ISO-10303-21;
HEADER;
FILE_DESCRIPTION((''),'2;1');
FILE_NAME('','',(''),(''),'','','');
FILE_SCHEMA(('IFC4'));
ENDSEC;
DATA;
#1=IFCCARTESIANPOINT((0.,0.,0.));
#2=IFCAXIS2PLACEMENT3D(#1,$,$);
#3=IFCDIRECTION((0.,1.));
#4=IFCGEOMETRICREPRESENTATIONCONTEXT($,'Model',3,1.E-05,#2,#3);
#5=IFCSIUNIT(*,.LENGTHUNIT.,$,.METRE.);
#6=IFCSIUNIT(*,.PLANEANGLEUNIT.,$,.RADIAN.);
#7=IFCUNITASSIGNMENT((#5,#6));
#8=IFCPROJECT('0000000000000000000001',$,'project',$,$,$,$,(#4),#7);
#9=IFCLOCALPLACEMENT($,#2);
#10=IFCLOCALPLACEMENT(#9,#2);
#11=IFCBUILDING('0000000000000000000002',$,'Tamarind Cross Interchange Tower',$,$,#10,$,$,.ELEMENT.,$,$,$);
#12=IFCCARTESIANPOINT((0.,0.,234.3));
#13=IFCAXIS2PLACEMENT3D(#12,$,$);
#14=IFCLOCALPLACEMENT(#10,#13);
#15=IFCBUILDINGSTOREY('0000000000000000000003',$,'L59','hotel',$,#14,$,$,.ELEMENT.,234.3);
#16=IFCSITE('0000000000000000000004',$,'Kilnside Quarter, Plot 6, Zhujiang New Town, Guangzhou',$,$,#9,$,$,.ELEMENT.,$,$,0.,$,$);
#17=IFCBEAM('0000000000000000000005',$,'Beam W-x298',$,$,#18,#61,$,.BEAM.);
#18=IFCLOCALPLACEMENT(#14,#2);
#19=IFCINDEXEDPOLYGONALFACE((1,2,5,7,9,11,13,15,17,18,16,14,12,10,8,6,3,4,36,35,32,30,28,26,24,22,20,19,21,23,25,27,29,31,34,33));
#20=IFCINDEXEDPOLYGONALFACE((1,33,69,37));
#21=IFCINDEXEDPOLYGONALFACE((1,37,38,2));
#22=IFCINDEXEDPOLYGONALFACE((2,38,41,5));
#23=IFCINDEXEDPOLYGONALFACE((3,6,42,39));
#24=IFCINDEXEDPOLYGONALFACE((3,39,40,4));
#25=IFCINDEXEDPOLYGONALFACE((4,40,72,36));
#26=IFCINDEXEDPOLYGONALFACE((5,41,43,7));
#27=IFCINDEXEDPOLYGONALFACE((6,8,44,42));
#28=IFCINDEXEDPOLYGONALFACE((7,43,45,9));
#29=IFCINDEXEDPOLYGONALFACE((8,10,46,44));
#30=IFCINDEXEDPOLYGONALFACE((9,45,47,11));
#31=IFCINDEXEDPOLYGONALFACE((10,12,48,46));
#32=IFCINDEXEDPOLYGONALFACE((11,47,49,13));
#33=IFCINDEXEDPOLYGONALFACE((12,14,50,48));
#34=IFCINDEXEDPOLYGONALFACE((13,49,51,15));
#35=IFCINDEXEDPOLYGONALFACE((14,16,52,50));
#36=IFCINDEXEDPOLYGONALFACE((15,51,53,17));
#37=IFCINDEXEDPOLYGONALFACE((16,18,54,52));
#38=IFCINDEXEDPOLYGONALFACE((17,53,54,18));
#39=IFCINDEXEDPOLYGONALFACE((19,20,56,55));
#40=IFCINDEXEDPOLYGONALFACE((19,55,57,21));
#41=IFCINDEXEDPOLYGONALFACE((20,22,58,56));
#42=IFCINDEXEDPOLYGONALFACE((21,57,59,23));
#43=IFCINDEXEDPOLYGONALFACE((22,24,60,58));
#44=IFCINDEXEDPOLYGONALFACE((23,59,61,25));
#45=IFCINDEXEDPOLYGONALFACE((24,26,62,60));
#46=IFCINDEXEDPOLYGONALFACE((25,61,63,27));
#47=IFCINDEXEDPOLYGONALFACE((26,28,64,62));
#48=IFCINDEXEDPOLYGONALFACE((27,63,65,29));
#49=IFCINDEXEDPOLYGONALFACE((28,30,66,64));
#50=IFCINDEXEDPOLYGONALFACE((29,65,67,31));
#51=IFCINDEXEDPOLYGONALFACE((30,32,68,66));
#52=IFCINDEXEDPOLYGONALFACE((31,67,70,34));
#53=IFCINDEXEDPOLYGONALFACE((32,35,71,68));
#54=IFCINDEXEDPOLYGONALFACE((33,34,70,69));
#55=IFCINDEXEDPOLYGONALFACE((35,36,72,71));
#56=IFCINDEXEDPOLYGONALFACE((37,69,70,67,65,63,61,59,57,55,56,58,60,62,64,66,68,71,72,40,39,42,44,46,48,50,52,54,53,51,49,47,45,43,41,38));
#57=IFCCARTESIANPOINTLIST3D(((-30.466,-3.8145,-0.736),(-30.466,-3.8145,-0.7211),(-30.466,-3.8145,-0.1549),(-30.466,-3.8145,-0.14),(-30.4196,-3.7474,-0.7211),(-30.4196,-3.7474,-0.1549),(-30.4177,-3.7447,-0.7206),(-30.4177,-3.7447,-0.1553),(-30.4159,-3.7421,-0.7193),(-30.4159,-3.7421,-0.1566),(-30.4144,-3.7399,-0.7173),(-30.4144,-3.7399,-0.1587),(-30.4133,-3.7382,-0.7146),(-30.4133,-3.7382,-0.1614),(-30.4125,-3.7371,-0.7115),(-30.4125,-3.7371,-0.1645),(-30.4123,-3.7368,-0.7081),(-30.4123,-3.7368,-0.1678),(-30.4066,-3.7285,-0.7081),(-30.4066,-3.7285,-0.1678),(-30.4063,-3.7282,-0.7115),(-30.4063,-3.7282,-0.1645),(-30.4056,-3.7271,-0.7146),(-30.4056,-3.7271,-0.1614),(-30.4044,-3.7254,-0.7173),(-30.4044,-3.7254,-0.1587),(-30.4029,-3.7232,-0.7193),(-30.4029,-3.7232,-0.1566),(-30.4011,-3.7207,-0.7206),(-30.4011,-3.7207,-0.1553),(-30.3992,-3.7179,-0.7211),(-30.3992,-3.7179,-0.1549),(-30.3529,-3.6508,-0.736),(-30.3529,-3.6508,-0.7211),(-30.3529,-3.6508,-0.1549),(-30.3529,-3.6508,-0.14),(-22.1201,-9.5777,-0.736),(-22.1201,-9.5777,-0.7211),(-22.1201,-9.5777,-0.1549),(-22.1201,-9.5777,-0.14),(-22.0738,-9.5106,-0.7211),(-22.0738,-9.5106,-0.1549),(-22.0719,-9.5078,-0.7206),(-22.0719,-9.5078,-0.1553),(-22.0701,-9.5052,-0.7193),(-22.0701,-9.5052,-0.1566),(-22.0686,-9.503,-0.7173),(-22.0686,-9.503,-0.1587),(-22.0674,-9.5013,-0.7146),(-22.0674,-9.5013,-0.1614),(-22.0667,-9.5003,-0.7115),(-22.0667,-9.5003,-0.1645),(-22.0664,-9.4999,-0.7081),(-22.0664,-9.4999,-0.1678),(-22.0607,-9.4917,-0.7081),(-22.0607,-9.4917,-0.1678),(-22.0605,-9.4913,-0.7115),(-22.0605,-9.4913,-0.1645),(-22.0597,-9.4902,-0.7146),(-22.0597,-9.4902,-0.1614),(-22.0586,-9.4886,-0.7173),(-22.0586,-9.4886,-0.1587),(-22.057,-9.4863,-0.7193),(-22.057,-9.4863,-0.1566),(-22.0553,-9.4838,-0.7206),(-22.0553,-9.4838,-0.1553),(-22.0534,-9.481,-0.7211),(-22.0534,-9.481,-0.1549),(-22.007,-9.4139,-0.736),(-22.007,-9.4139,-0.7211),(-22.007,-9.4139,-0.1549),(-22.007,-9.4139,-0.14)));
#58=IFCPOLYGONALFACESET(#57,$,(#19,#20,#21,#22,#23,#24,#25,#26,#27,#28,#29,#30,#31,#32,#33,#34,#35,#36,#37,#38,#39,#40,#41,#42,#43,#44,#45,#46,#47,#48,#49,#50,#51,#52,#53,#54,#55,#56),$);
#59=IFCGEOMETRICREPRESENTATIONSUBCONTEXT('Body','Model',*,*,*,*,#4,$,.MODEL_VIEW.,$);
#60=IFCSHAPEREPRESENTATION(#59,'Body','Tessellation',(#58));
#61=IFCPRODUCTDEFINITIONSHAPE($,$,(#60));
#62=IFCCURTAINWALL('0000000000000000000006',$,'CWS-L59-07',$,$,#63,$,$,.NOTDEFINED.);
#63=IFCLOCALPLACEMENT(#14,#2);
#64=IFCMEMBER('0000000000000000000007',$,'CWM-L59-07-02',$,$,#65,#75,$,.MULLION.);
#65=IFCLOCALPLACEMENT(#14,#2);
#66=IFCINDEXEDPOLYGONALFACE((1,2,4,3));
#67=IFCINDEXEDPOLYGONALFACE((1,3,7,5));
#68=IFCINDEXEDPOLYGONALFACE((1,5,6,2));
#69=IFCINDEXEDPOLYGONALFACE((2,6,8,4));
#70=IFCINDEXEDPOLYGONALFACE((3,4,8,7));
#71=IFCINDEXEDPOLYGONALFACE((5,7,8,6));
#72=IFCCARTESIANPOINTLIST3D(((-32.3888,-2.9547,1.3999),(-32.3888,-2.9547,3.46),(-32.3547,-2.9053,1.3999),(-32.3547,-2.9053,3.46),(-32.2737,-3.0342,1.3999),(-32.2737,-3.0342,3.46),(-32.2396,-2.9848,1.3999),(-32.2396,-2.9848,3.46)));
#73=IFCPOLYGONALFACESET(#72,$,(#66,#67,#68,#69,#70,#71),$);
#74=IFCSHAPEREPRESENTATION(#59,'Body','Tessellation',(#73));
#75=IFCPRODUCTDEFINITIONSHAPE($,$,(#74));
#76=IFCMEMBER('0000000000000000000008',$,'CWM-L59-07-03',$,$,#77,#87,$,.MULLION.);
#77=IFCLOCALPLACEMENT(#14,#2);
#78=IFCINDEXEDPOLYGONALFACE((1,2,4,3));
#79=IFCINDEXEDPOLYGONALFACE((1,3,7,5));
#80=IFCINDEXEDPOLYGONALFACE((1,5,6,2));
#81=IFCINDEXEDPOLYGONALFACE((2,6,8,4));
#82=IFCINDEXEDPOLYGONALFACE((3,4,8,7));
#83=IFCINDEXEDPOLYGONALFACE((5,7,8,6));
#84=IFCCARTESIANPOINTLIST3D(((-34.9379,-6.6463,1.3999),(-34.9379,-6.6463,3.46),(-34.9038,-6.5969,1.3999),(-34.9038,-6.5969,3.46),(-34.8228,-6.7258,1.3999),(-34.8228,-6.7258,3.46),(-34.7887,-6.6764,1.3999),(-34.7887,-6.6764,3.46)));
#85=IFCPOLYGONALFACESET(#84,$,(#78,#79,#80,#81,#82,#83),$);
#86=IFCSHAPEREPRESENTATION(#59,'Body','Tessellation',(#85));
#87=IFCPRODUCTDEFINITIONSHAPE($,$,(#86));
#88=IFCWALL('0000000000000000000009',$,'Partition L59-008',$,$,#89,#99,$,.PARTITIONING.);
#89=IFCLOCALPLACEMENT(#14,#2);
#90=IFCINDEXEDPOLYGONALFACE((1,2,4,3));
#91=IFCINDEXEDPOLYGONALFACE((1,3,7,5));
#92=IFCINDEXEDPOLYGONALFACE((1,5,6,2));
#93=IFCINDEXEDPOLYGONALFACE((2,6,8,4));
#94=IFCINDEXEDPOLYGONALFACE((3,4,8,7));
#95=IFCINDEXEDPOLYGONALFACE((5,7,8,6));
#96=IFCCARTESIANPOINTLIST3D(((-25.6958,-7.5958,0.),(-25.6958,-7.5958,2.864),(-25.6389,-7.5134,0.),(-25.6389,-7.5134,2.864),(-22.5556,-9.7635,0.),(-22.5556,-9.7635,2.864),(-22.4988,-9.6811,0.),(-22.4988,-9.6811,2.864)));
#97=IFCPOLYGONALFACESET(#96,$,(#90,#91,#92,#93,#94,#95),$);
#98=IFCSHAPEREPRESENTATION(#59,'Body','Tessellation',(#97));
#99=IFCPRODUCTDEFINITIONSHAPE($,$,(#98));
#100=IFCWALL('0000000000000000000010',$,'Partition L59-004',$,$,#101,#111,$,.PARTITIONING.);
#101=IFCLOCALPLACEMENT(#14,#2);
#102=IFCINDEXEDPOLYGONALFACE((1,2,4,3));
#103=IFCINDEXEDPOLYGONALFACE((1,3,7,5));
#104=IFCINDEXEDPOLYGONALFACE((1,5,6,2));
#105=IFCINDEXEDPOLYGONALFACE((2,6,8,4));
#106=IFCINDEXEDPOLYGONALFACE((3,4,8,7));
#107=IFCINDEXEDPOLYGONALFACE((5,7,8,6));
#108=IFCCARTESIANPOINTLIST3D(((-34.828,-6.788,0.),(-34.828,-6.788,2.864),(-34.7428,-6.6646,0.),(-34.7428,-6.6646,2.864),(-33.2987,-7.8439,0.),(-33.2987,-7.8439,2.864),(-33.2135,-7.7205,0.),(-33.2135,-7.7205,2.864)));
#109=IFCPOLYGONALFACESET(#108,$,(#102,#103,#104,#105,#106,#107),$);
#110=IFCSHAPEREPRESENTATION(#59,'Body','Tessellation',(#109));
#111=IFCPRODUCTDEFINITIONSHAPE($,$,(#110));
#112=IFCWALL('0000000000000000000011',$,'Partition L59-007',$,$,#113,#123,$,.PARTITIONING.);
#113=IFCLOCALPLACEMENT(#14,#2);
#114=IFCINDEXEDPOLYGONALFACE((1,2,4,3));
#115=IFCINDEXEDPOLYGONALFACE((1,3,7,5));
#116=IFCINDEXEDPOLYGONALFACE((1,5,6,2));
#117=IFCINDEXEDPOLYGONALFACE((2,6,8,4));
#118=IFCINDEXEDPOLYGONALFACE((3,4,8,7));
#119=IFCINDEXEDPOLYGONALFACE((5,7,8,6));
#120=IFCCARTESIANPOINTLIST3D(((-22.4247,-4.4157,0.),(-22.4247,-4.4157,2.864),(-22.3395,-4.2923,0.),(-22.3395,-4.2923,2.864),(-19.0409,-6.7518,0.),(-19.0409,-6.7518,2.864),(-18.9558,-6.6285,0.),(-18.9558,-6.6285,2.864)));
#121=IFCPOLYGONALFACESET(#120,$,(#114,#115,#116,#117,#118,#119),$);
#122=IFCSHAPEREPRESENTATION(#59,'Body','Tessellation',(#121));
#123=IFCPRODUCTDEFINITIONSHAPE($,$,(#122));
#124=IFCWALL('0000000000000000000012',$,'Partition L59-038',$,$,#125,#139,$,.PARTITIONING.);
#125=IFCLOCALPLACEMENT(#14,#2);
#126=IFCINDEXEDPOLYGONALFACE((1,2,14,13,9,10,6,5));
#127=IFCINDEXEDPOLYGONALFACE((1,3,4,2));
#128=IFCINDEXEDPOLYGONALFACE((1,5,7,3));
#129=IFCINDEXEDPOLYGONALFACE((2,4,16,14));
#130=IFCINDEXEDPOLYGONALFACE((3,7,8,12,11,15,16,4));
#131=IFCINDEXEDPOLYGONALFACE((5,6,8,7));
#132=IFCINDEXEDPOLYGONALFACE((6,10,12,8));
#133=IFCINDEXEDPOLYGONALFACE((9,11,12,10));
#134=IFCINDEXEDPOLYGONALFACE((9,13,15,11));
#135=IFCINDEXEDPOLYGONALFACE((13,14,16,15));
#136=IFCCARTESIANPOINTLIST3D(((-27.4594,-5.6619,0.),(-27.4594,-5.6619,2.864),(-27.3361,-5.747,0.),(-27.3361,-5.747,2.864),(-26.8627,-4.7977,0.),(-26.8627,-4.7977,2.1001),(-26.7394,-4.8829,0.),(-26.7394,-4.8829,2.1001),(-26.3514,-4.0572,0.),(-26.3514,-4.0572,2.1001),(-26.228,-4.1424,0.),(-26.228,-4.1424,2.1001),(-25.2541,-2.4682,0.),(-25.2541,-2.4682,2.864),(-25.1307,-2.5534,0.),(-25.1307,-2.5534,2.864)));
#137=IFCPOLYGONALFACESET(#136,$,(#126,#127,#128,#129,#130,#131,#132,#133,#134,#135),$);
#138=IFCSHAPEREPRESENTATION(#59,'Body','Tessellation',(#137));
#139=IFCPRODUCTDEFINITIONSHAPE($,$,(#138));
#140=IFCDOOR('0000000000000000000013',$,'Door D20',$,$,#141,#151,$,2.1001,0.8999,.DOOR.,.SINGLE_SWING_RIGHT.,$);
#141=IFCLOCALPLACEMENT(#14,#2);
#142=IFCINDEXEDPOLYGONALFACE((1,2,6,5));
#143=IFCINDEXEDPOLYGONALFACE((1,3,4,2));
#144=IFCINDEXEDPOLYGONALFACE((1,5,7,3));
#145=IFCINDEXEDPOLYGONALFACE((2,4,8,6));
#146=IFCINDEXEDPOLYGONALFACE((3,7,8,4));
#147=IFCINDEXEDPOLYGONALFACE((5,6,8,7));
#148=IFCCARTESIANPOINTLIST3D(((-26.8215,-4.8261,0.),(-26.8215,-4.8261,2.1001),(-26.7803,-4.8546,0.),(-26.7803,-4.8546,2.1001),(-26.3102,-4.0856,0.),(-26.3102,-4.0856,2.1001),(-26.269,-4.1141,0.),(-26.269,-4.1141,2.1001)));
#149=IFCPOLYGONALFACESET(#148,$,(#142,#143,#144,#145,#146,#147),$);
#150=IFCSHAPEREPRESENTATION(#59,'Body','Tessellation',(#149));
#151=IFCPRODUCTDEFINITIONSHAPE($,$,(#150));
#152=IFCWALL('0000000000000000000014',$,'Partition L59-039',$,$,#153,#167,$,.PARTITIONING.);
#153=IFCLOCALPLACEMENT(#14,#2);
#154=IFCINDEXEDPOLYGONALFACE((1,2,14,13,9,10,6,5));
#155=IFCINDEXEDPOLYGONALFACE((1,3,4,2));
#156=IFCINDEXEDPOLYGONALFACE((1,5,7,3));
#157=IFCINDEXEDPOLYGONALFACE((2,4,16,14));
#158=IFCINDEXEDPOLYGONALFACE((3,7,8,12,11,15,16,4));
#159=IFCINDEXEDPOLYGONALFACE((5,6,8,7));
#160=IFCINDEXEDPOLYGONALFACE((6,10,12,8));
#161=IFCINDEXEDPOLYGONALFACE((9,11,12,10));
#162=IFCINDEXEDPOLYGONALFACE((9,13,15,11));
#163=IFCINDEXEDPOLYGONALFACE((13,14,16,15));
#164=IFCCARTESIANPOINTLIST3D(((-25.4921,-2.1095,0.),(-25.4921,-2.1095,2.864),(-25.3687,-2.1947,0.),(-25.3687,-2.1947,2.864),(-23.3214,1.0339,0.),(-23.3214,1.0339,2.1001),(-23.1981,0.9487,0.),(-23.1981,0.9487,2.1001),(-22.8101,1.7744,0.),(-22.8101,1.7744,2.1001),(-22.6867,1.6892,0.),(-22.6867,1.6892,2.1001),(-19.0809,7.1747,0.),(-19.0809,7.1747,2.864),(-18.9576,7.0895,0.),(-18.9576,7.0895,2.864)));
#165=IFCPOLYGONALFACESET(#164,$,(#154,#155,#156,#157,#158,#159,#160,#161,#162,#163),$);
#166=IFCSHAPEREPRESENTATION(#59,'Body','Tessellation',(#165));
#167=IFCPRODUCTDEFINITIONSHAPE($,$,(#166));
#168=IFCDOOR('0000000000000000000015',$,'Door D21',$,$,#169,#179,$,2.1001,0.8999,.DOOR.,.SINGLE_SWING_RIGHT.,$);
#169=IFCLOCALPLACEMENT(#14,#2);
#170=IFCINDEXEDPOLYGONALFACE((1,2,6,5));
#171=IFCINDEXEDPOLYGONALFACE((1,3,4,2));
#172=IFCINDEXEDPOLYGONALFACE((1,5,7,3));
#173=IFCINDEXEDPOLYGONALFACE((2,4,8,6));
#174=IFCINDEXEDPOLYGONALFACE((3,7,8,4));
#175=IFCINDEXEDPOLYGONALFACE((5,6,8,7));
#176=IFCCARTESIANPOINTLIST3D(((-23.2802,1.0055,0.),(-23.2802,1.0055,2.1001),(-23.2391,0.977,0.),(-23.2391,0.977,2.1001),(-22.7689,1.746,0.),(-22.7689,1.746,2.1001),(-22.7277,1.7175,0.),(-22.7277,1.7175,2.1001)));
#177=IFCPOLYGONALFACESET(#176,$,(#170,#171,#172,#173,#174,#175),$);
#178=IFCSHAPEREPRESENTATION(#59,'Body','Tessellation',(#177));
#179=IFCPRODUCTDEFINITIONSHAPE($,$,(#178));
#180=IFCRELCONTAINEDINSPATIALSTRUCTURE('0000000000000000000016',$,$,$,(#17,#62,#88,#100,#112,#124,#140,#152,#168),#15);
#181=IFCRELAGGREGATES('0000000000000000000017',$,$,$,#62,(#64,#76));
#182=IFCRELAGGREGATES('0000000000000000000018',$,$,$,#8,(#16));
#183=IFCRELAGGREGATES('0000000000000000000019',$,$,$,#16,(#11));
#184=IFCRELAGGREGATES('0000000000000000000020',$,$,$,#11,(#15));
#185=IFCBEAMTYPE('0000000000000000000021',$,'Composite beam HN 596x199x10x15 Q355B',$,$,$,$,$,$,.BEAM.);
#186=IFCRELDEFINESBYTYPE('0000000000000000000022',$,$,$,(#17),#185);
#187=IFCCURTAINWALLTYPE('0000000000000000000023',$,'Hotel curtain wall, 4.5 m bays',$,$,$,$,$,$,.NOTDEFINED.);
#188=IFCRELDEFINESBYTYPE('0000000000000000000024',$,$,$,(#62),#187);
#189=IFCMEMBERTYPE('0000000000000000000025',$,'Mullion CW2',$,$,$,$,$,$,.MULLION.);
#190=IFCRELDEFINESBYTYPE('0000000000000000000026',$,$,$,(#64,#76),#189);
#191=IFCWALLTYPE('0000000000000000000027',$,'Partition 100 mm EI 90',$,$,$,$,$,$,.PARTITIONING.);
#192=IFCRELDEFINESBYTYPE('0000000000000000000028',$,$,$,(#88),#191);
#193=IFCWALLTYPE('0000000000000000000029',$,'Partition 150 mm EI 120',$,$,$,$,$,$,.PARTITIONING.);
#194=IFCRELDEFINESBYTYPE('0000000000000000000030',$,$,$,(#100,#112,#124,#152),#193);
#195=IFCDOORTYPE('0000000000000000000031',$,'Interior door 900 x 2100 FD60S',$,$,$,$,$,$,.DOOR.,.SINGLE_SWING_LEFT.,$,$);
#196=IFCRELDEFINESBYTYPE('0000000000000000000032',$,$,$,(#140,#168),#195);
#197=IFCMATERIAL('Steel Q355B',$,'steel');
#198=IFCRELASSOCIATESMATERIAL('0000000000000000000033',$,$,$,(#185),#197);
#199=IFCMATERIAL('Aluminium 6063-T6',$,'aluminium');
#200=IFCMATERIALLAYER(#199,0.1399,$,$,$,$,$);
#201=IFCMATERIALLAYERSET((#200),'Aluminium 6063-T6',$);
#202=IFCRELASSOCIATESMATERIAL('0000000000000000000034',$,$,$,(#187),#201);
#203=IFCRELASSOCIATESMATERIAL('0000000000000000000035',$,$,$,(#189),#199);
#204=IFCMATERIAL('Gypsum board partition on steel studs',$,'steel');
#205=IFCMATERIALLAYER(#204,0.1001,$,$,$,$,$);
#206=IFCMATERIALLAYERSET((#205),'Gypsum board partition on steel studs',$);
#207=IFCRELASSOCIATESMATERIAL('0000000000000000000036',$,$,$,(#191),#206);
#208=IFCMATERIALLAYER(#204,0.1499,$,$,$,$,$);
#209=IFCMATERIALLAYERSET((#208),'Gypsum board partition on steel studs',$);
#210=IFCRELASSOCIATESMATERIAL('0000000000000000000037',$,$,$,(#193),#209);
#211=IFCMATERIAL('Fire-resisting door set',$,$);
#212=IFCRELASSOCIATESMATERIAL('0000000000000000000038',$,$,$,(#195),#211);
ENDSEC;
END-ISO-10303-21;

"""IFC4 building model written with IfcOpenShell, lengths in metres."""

from ifc_helpers import new_model, si_unit, direction, frame, frame_2d, origin, origin_2d, place, context, subcontext, project, spatial, rectangle, i_section, extrude, material, layer, layer_set, material_profile, profile_set, type_object, element, fill, aggregate, save


model = new_model("IFC4")

# Units and contexts
model_context = context("Model", 3, precision=1e-05, world=origin(), true_north=direction((0.0, 1.0)))
body_context = subcontext(model_context, "Body", "Model", "MODEL_VIEW")
ifc_project = project(units=[si_unit("LENGTHUNIT", "METRE"), si_unit("PLANEANGLEUNIT", "RADIAN")], contexts=[model_context])

# Site, building, storey
site_placement = place(None, origin())
site = spatial("IfcSite", under=ifc_project, at=site_placement, Name="Kilnside Quarter, Plot 6, Zhujiang New Town, Guangzhou", CompositionType="ELEMENT", RefElevation=0.0)
building_placement = place(site_placement, origin())
building = spatial("IfcBuilding", under=site, at=building_placement, Name="Tamarind Cross Interchange Tower", CompositionType="ELEMENT")
storey_placement = place(building_placement, frame((0.0, 0.0, 234.3)))
storey = spatial("IfcBuildingStorey", under=building, at=storey_placement, Name="L59", Description="hotel", CompositionType="ELEMENT", Elevation=234.3)

# Beam
ifc_material_1 = material(Name="Steel Q355B", Category="steel")
ifc_material_profile_1 = material_profile(ifc_material_1, i_section(OverallWidth=0.199, OverallDepth=0.5959, WebThickness=0.01, FlangeThickness=0.0149, FilletRadius=0.0129, at=origin_2d()), Name="HN 596x199x10x15")
ifc_profile_set_1 = profile_set([ifc_material_profile_1], Name="Steel Q355B")
beam_type_1 = type_object("IfcBeamType", Name="Composite beam HN 596x199x10x15 Q355B", PredefinedType="BEAM", material=ifc_profile_set_1)
beam_1_placement = place(storey_placement, frame((-30.4094, -3.7327, -0.438), z_axis=(0.822874, -0.568224, 0.0), x_axis=(0.568224, 0.822874, 0.0)))
element("IfcBeam", 1, at=beam_1_placement, inside=storey, type_object=beam_type_1, Name="Beam W-x298", PredefinedType="BEAM", context=body_context, shape_type="SweptSolid", body=[
    extrude(i_section(OverallWidth=0.199, OverallDepth=0.5959, WebThickness=0.01, FlangeThickness=0.0149, FilletRadius=0.0129, at=origin_2d()), origin(), (0.0, 0.0, 1.0), 10.1423),
])

# Curtain wall, members
ifc_material_2 = material(Name="Aluminium 6063-T6", Category="aluminium")
ifc_layer_1 = layer(ifc_material_2, 0.1399)
ifc_layer_set_1 = layer_set([ifc_layer_1], Name="Aluminium 6063-T6")
curtain_wall_type = type_object("IfcCurtainWallType", Name="Hotel curtain wall, 4.5 m bays", PredefinedType="NOTDEFINED", material=ifc_layer_set_1)
curtain_wall_placement = place(storey_placement, origin())
curtain_wall = element("IfcCurtainWall", 2, at=curtain_wall_placement, inside=storey, type_object=curtain_wall_type, Name="CWS-L59-07", PredefinedType="NOTDEFINED")
ifc_material_profile_2 = material_profile(ifc_material_2, rectangle(XDim=0.0601, YDim=0.1399, at=origin_2d()), Name="Mullion CW2")
ifc_profile_set_2 = profile_set([ifc_material_profile_2], Name="Aluminium 6063-T6")
member_type = type_object("IfcMemberType", Name="Mullion CW2", PredefinedType="MULLION", material=ifc_profile_set_2)
member_1_placement = place(storey_placement, frame((-32.3142, -2.9697, 1.3999), z_axis=(0.0, 0.0, 1.0), x_axis=(-0.568211, -0.822883, 0.0)))
member_1 = element("IfcMember", 3, at=member_1_placement, type_object=member_type, Name="CWM-L59-07-02", PredefinedType="MULLION", context=body_context, shape_type="SweptSolid", body=[
    extrude(rectangle(XDim=0.0601, YDim=0.1399, at=origin_2d()), origin(), (0.0, 0.0, 1.0), 2.0601),
])
member_2_placement = place(storey_placement, frame((-34.8633, -6.6614, 1.3999), z_axis=(0.0, 0.0, 1.0), x_axis=(-0.568211, -0.822883, 0.0)))
member_2 = element("IfcMember", 4, at=member_2_placement, type_object=member_type, Name="CWM-L59-07-03", PredefinedType="MULLION", context=body_context, shape_type="SweptSolid", body=[
    extrude(rectangle(XDim=0.0601, YDim=0.1399, at=origin_2d()), origin(), (0.0, 0.0, 1.0), 2.0601),
])
aggregate(curtain_wall, [member_1, member_2])

# Walls
ifc_material_3 = material(Name="Gypsum board partition on steel studs", Category="steel")
ifc_layer_2 = layer(ifc_material_3, 0.1001)
ifc_layer_set_2 = layer_set([ifc_layer_2], Name="Gypsum board partition on steel studs")
wall_type_1 = type_object("IfcWallType", Name="Partition 100 mm EI 90", PredefinedType="PARTITIONING", material=ifc_layer_set_2)
wall_1_placement = place(storey_placement, frame((-25.6672, -7.5547, 0.0), z_axis=(0.0, 0.0, 1.0), x_axis=(0.822954, -0.568108, 0.0)))
element("IfcWall", 5, at=wall_1_placement, inside=storey, type_object=wall_type_1, Name="Partition L59-008", PredefinedType="PARTITIONING", context=body_context, shape_type="SweptSolid", body=[
    extrude(rectangle(XDim=3.8157, YDim=0.1001, at=frame_2d((1.9077, 0.0))), origin(), (0.0, 0.0, 1.0), 2.864),
])
ifc_layer_3 = layer(ifc_material_3, 0.1499)
ifc_layer_set_3 = layer_set([ifc_layer_3], Name="Gypsum board partition on steel studs")
wall_type_2 = type_object("IfcWallType", Name="Partition 150 mm EI 120", PredefinedType="PARTITIONING", material=ifc_layer_set_3)
wall_2_placement = place(storey_placement, frame((-34.7854, -6.7263, 0.0), z_axis=(0.0, 0.0, 1.0), x_axis=(0.822906, -0.568178, 0.0)))
element("IfcWall", 6, at=wall_2_placement, inside=storey, type_object=wall_type_2, Name="Partition L59-004", PredefinedType="PARTITIONING", context=body_context, shape_type="SweptSolid", body=[
    extrude(rectangle(XDim=1.8584, YDim=0.1499, at=frame_2d((0.9292, 0.0))), origin(), (0.0, 0.0, 1.0), 2.864),
])
wall_3_placement = place(storey_placement, frame((-22.3821, -4.354, 0.0), z_axis=(0.0, 0.0, 1.0), x_axis=(0.822925, -0.568151, 0.0)))
element("IfcWall", 7, at=wall_3_placement, inside=storey, type_object=wall_type_2, Name="Partition L59-007", PredefinedType="PARTITIONING", context=body_context, shape_type="SweptSolid", body=[
    extrude(rectangle(XDim=4.1118, YDim=0.1499, at=frame_2d((2.0559, 0.0))), origin(), (0.0, 0.0, 1.0), 2.864),
])

# Walls, openings, doors
wall_4_placement = place(storey_placement, frame((-27.3977, -5.7043, 0.0), z_axis=(0.0, 0.0, 1.0), x_axis=(0.568228, 0.822871, 0.0)))
wall_4 = element("IfcWall", 8, at=wall_4_placement, inside=storey, type_object=wall_type_2, Name="Partition L59-038", PredefinedType="PARTITIONING", context=body_context, shape_type="SweptSolid", body=[
    extrude(rectangle(XDim=3.8811, YDim=0.1499, at=frame_2d((1.9404, 0.0))), origin(), (0.0, 0.0, 1.0), 2.864),
])
opening_1_placement = place(wall_4_placement, frame((1.05, 0.0, 0.0)))
opening_1 = element("IfcOpeningElement", 9, at=opening_1_placement, cuts=wall_4, PredefinedType="OPENING", context=body_context, shape_type="SweptSolid", body=[
    extrude(rectangle(XDim=0.8999, YDim=2.1001, at=frame_2d((0.45, 1.05))), frame((0.0, 0.085, 0.0), z_axis=(0.0, -1.0, 0.0), x_axis=(1.0, 0.0, 0.0)), (0.0, 0.0, 1.0), 0.1699),
])
ifc_material_4 = material(Name="Fire-resisting door set")
door_type_1 = type_object("IfcDoorType", Name="Interior door 900 x 2100 FD60S", OperationType="SINGLE_SWING_LEFT", PredefinedType="DOOR", material=ifc_material_4)
door_1_placement = place(opening_1_placement, origin())
door_1 = element("IfcDoor", 10, at=door_1_placement, inside=storey, type_object=door_type_1, Name="Door D20", OperationType="SINGLE_SWING_RIGHT", OverallHeight=2.1001, OverallWidth=0.8999, PredefinedType="DOOR", context=body_context, shape_type="SweptSolid", body=[
    extrude(rectangle(XDim=0.8999, YDim=2.1001, at=frame_2d((0.45, 1.05))), frame((0.0, 0.0249, 0.0), z_axis=(0.0, -1.0, 0.0), x_axis=(1.0, 0.0, 0.0)), (0.0, 0.0, 1.0), 0.05),
])
fill(opening_1, door_1)
wall_5_placement = place(storey_placement, frame((-25.4304, -2.1521, 0.0), z_axis=(0.0, 0.0, 1.0), x_axis=(0.568228, 0.822871, 0.0)))
wall_5 = element("IfcWall", 11, at=wall_5_placement, inside=storey, type_object=wall_type_2, Name="Partition L59-039", PredefinedType="PARTITIONING", context=body_context, shape_type="SweptSolid", body=[
    extrude(rectangle(XDim=11.2827, YDim=0.1499, at=frame_2d((5.6414, 0.0))), origin(), (0.0, 0.0, 1.0), 2.864),
])
opening_2_placement = place(wall_5_placement, frame((3.8201, 0.0, 0.0)))
opening_2 = element("IfcOpeningElement", 12, at=opening_2_placement, cuts=wall_5, PredefinedType="OPENING", context=body_context, shape_type="SweptSolid", body=[
    extrude(rectangle(XDim=0.8999, YDim=2.1001, at=frame_2d((0.45, 1.05))), frame((0.0, 0.085, 0.0), z_axis=(0.0, -1.0, 0.0), x_axis=(1.0, 0.0, 0.0)), (0.0, 0.0, 1.0), 0.1699),
])
door_2_placement = place(opening_2_placement, origin())
door_2 = element("IfcDoor", 13, at=door_2_placement, inside=storey, type_object=door_type_1, Name="Door D21", OperationType="SINGLE_SWING_RIGHT", OverallHeight=2.1001, OverallWidth=0.8999, PredefinedType="DOOR", context=body_context, shape_type="SweptSolid", body=[
    extrude(rectangle(XDim=0.8999, YDim=2.1001, at=frame_2d((0.45, 1.05))), frame((0.0, 0.0249, 0.0), z_axis=(0.0, -1.0, 0.0), x_axis=(1.0, 0.0, 0.0)), (0.0, 0.0, 1.0), 0.05),
])
fill(opening_2, door_2)

save(model, "model.ifc")
